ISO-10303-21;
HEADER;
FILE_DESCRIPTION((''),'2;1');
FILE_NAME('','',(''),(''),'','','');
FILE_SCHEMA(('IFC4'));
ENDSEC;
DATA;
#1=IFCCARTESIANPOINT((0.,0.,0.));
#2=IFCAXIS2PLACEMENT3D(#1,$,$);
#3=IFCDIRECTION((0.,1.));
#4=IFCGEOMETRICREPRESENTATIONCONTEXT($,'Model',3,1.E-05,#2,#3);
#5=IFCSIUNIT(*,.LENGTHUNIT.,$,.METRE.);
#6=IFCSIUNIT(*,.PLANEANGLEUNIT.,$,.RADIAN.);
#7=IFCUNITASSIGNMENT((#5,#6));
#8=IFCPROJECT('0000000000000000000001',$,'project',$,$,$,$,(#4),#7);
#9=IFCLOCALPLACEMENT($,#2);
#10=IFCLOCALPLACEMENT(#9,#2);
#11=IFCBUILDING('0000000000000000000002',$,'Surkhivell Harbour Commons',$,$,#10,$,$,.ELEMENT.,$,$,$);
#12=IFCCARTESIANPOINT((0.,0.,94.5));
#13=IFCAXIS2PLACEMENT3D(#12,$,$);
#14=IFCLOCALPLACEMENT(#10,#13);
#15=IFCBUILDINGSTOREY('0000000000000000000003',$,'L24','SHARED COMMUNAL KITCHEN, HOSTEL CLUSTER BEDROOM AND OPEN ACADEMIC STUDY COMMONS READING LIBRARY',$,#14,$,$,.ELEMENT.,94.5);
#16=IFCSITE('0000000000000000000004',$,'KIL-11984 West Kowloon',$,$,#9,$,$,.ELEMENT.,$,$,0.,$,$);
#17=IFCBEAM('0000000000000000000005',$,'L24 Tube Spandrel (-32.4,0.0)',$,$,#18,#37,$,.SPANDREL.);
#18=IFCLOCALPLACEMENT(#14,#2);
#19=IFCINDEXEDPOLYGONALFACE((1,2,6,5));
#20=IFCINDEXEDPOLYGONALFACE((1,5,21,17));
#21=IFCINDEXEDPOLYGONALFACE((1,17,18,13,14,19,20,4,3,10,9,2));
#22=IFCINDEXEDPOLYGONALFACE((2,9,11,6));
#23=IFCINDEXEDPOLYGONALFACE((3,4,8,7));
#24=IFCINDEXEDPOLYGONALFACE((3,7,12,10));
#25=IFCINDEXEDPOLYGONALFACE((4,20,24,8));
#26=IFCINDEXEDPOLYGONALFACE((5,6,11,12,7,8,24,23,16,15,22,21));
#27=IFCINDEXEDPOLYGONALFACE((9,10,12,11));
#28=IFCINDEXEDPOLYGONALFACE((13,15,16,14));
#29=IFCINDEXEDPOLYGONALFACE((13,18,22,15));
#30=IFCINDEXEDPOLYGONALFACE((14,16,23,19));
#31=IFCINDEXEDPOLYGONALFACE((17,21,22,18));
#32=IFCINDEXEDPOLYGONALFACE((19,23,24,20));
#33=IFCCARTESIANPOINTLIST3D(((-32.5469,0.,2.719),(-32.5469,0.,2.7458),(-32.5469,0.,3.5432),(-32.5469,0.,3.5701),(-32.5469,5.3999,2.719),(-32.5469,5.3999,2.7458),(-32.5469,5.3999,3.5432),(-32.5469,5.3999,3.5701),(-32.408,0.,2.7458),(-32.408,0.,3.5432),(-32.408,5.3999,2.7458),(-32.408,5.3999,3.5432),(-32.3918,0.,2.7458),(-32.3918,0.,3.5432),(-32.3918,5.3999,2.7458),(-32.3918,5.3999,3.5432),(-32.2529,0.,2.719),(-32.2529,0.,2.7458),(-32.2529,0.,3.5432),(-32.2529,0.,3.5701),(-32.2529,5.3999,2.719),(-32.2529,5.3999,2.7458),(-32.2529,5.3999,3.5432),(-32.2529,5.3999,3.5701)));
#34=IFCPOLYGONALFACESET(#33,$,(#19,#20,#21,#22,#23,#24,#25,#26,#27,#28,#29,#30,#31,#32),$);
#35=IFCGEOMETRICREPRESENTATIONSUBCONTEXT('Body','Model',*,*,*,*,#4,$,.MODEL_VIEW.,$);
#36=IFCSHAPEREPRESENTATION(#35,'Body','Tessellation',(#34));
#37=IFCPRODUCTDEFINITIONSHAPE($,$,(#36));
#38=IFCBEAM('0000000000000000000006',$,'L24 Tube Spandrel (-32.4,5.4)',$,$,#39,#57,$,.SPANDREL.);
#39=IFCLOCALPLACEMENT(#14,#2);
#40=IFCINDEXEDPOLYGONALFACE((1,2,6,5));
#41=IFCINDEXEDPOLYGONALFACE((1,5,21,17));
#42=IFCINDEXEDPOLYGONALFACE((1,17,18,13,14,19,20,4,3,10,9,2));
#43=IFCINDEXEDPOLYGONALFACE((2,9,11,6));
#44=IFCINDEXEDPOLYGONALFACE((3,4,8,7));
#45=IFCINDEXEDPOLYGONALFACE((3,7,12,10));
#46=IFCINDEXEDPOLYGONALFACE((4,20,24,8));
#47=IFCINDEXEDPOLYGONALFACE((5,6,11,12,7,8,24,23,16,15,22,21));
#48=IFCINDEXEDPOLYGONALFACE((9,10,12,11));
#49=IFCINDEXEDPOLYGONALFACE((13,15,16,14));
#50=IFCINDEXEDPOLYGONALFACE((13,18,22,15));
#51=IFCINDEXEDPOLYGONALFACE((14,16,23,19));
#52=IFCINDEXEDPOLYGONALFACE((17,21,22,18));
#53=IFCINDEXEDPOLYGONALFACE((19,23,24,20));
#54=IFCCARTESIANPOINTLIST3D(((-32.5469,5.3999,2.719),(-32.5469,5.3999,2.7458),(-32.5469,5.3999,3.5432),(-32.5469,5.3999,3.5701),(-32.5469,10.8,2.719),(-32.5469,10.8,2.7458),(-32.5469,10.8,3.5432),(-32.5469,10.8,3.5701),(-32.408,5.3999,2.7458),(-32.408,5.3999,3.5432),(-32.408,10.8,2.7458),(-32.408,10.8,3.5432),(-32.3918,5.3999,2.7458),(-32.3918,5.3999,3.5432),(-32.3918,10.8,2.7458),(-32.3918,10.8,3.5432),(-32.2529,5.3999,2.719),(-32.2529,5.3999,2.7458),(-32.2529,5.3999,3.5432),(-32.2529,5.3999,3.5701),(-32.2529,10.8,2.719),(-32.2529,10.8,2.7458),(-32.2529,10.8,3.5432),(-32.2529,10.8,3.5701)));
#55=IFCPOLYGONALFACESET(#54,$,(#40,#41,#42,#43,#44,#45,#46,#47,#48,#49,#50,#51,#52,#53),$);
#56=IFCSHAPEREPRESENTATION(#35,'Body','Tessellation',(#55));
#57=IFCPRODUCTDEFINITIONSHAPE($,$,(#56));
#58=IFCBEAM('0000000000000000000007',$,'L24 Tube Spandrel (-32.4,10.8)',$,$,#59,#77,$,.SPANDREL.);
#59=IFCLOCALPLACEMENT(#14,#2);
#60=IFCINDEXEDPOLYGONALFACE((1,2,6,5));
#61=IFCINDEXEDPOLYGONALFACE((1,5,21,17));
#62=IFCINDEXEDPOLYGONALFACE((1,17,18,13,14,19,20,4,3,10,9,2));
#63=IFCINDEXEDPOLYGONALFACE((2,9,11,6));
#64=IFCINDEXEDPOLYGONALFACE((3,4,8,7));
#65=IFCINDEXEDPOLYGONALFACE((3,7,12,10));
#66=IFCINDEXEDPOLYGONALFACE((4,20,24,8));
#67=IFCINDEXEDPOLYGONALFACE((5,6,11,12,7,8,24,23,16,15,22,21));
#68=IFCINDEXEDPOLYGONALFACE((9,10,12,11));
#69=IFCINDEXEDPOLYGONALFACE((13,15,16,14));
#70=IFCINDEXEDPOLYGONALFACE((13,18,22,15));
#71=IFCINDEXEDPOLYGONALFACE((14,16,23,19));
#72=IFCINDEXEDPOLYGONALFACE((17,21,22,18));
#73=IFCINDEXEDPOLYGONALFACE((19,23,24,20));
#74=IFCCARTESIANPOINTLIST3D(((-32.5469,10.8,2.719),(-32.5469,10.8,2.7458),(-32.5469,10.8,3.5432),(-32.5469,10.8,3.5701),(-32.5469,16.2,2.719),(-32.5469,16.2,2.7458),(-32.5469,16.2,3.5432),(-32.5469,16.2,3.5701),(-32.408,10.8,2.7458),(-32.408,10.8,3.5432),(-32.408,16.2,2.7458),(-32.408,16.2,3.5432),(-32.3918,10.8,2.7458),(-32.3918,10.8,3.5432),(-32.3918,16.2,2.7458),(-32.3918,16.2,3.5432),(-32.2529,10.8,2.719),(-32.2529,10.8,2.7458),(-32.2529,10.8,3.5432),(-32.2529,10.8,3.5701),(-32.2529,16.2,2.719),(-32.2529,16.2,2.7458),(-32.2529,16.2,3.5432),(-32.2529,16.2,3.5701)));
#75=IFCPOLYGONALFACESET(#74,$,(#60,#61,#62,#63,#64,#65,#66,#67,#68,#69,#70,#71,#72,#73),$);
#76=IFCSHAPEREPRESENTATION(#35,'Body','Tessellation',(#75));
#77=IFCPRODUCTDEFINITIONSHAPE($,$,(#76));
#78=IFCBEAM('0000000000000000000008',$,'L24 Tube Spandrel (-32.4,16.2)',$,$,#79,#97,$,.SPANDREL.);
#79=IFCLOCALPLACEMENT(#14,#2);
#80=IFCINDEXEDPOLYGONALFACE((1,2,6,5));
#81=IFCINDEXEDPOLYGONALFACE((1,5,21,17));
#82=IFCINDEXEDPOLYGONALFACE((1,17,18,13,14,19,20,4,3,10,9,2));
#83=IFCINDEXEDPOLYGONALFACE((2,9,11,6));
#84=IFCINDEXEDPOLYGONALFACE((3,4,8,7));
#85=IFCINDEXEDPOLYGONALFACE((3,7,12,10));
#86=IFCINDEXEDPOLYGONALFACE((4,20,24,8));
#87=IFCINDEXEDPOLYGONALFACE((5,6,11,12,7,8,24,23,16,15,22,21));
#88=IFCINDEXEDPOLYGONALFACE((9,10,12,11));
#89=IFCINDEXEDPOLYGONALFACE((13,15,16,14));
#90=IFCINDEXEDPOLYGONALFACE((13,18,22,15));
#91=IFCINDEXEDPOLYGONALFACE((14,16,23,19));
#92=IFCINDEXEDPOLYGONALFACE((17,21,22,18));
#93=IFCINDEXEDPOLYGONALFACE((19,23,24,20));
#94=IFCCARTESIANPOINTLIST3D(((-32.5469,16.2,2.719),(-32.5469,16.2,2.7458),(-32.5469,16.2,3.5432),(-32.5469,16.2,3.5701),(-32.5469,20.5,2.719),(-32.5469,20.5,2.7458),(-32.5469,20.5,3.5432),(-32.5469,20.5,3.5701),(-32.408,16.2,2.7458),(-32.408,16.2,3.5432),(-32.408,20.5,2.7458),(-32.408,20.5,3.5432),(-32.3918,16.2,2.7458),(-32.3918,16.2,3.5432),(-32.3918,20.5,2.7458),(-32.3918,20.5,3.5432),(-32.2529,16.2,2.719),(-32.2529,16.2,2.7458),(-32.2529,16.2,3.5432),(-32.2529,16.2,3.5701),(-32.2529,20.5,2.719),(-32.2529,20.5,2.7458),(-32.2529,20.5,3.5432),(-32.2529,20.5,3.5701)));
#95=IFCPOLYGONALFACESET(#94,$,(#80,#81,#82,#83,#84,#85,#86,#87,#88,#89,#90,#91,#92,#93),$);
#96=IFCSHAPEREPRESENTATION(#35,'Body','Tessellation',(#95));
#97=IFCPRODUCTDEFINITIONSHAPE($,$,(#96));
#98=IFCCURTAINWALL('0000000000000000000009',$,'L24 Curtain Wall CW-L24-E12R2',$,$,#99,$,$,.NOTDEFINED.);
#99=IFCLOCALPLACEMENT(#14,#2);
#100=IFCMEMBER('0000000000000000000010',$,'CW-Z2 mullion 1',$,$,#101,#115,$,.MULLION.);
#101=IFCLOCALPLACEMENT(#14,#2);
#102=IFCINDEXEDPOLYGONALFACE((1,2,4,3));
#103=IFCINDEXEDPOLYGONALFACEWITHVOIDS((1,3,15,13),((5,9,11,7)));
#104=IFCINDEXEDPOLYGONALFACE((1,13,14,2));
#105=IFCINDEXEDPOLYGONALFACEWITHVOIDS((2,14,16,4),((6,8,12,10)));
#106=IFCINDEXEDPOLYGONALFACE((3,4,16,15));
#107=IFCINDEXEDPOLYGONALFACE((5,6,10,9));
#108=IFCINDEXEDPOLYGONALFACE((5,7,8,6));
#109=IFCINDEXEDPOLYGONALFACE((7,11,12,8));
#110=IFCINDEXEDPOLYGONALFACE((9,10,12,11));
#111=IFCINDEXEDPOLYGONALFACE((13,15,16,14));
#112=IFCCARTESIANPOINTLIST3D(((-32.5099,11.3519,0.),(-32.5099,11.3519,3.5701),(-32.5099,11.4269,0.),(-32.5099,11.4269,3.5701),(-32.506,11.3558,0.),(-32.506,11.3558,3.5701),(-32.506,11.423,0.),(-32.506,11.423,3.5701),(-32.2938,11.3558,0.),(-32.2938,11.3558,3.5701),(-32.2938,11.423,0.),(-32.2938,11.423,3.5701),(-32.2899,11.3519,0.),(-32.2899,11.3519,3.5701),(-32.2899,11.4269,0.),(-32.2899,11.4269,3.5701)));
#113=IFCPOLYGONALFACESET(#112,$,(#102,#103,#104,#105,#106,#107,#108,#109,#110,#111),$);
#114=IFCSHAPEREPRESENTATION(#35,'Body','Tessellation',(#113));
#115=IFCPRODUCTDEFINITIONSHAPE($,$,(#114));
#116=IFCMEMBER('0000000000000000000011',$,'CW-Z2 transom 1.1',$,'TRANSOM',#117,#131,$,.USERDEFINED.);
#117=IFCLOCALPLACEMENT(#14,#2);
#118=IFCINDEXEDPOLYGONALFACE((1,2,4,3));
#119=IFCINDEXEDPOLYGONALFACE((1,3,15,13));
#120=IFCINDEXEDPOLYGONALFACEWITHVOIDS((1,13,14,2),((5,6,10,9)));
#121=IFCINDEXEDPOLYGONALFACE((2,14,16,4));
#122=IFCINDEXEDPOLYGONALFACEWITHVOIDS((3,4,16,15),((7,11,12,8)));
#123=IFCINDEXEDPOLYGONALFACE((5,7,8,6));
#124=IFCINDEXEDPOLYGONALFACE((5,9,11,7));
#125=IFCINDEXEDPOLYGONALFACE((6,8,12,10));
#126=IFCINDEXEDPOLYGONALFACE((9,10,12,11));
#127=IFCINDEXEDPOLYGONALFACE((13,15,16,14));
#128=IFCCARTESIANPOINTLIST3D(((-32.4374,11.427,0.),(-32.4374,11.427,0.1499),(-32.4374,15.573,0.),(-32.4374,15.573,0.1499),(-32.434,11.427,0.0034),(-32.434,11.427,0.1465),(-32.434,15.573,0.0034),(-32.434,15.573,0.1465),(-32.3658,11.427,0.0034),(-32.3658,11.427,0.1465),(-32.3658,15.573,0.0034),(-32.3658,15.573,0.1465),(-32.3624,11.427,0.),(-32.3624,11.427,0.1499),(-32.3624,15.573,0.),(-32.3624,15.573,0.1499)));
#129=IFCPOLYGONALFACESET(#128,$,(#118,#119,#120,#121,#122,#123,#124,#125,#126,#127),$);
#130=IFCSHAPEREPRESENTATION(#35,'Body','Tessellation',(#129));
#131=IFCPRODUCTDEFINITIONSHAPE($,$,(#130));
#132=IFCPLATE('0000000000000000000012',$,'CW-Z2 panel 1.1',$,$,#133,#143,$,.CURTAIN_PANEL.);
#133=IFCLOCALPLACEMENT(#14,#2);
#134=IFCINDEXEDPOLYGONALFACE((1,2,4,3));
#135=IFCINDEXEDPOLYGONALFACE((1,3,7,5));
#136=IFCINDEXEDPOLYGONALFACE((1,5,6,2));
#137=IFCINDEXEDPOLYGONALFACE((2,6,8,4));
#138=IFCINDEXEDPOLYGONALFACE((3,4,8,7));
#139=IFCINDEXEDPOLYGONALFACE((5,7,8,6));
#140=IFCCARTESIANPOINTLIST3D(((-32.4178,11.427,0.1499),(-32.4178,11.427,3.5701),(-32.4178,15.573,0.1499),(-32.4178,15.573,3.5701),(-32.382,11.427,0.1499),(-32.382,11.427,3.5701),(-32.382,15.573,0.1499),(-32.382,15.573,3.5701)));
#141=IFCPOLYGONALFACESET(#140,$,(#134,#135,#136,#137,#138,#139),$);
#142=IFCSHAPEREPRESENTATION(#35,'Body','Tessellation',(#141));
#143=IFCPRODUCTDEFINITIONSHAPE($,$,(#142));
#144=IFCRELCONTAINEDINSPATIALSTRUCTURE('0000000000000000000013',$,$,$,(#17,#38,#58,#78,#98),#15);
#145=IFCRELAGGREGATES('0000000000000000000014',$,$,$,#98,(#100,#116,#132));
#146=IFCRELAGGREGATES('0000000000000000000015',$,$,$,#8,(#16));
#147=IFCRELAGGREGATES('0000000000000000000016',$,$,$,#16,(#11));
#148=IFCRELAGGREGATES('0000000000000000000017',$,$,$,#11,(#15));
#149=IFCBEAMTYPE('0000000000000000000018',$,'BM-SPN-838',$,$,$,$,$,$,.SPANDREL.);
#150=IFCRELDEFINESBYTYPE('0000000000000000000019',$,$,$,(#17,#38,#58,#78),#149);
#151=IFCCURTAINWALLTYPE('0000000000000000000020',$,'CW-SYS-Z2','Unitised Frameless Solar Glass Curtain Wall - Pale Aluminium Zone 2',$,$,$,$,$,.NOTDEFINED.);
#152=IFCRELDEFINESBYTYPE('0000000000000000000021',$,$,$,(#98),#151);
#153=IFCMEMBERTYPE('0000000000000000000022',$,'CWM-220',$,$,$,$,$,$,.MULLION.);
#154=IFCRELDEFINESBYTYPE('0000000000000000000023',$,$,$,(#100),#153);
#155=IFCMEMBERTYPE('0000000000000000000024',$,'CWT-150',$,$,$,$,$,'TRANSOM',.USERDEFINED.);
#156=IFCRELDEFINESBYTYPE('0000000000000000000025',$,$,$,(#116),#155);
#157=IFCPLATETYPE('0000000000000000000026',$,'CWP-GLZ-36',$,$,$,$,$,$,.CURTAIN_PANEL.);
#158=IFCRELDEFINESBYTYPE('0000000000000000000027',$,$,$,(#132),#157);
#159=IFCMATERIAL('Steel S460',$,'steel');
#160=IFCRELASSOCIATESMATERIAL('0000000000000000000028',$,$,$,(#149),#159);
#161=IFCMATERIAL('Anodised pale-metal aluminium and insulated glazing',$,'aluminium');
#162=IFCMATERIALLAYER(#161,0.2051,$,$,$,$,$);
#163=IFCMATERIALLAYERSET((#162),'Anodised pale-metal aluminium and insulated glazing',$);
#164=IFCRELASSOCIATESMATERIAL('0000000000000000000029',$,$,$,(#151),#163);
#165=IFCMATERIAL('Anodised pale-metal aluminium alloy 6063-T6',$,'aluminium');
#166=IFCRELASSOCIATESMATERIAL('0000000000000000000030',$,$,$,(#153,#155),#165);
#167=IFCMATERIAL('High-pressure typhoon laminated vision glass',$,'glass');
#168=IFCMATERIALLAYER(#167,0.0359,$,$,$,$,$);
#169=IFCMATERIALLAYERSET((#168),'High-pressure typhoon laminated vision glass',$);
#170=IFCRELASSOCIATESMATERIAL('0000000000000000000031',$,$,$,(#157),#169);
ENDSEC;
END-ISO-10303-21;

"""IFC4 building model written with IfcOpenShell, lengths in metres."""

from ifc_helpers import new_model, si_unit, direction, frame, frame_2d, origin, origin_2d, place, context, subcontext, project, spatial, rectangle, hollow_rectangle, i_section, extrude, material, layer, layer_set, material_profile, profile_set, type_object, element, aggregate, save


model = new_model("IFC4")

# Units and contexts
model_context = context("Model", 3, precision=1e-05, world=origin(), true_north=direction((0.0, 1.0)))
body_context = subcontext(model_context, "Body", "Model", "MODEL_VIEW")
ifc_project = project(units=[si_unit("LENGTHUNIT", "METRE"), si_unit("PLANEANGLEUNIT", "RADIAN")], contexts=[model_context])

# Site, building, storey
site_placement = place(None, origin())
site = spatial("IfcSite", under=ifc_project, at=site_placement, Name="KIL-11984 West Kowloon", CompositionType="ELEMENT", RefElevation=0.0)
building_placement = place(site_placement, origin())
building = spatial("IfcBuilding", under=site, at=building_placement, Name="Surkhivell Harbour Commons", CompositionType="ELEMENT")
storey_placement = place(building_placement, frame((0.0, 0.0, 94.5)))
storey = spatial("IfcBuildingStorey", under=building, at=storey_placement, Name="L24", Description="SHARED COMMUNAL KITCHEN, HOSTEL CLUSTER BEDROOM AND OPEN ACADEMIC STUDY COMMONS READING LIBRARY", CompositionType="ELEMENT", Elevation=94.5)

# Beams
ifc_material_1 = material(Name="Steel S460", Category="steel")
ifc_material_profile_1 = material_profile(ifc_material_1, i_section(OverallWidth=0.2939, OverallDepth=0.8511, WebThickness=0.0161, FlangeThickness=0.0269, at=origin_2d()), Name="UB838x292x226")
ifc_profile_set_1 = profile_set([ifc_material_profile_1], Name="Steel S460")
beam_type_1 = type_object("IfcBeamType", Name="BM-SPN-838", PredefinedType="SPANDREL", material=ifc_profile_set_1)
beam_1_placement = place(storey_placement, frame((-32.3999, 0.0, 3.1445), z_axis=(0.0, 1.0, 0.0), x_axis=(-1.0, 0.0, 0.0)))
element("IfcBeam", 1, at=beam_1_placement, inside=storey, type_object=beam_type_1, Name="L24 Tube Spandrel (-32.4,0.0)", PredefinedType="SPANDREL", context=body_context, shape_type="SweptSolid", body=[
    extrude(i_section(OverallWidth=0.2939, OverallDepth=0.8511, WebThickness=0.0161, FlangeThickness=0.0269, at=origin_2d()), origin(), (0.0, 0.0, 1.0), 5.3999),
])
beam_2_placement = place(storey_placement, frame((-32.3999, 5.3999, 3.1445), z_axis=(0.0, 1.0, 0.0), x_axis=(-1.0, 0.0, 0.0)))
element("IfcBeam", 2, at=beam_2_placement, inside=storey, type_object=beam_type_1, Name="L24 Tube Spandrel (-32.4,5.4)", PredefinedType="SPANDREL", context=body_context, shape_type="SweptSolid", body=[
    extrude(i_section(OverallWidth=0.2939, OverallDepth=0.8511, WebThickness=0.0161, FlangeThickness=0.0269, at=origin_2d()), origin(), (0.0, 0.0, 1.0), 5.4001),
])
beam_3_placement = place(storey_placement, frame((-32.3999, 10.8, 3.1445), z_axis=(0.0, 1.0, 0.0), x_axis=(-1.0, 0.0, 0.0)))
element("IfcBeam", 3, at=beam_3_placement, inside=storey, type_object=beam_type_1, Name="L24 Tube Spandrel (-32.4,10.8)", PredefinedType="SPANDREL", context=body_context, shape_type="SweptSolid", body=[
    extrude(i_section(OverallWidth=0.2939, OverallDepth=0.8511, WebThickness=0.0161, FlangeThickness=0.0269, at=origin_2d()), origin(), (0.0, 0.0, 1.0), 5.3999),
])
beam_4_placement = place(storey_placement, frame((-32.3999, 16.2, 3.1445), z_axis=(0.0, 1.0, 0.0), x_axis=(-1.0, 0.0, 0.0)))
element("IfcBeam", 4, at=beam_4_placement, inside=storey, type_object=beam_type_1, Name="L24 Tube Spandrel (-32.4,16.2)", PredefinedType="SPANDREL", context=body_context, shape_type="SweptSolid", body=[
    extrude(i_section(OverallWidth=0.2939, OverallDepth=0.8511, WebThickness=0.0161, FlangeThickness=0.0269, at=origin_2d()), origin(), (0.0, 0.0, 1.0), 4.3),
])

# Curtain wall, members, plate
ifc_material_2 = material(Name="Anodised pale-metal aluminium and insulated glazing", Category="aluminium")
ifc_layer_1 = layer(ifc_material_2, 0.2051)
ifc_layer_set_1 = layer_set([ifc_layer_1], Name="Anodised pale-metal aluminium and insulated glazing")
curtain_wall_type = type_object("IfcCurtainWallType", Name="CW-SYS-Z2", Description="Unitised Frameless Solar Glass Curtain Wall - Pale Aluminium Zone 2", PredefinedType="NOTDEFINED", material=ifc_layer_set_1)
curtain_wall_placement = place(storey_placement, origin())
curtain_wall = element("IfcCurtainWall", 5, at=curtain_wall_placement, inside=storey, type_object=curtain_wall_type, Name="L24 Curtain Wall CW-L24-E12R2", PredefinedType="NOTDEFINED")
ifc_material_3 = material(Name="Anodised pale-metal aluminium alloy 6063-T6", Category="aluminium")
ifc_material_profile_2 = material_profile(ifc_material_3, hollow_rectangle(XDim=0.075, YDim=0.22, WallThickness=0.0039, at=origin_2d()), Name="ALU-MULL-75x220")
ifc_profile_set_2 = profile_set([ifc_material_profile_2], Name="Anodised pale-metal aluminium alloy 6063-T6")
member_type_1 = type_object("IfcMemberType", Name="CWM-220", PredefinedType="MULLION", material=ifc_profile_set_2)
member_1_placement = place(storey_placement, frame((-32.3999, 11.3894, 0.0), z_axis=(0.0, 0.0, 1.0), x_axis=(0.0, 1.0, 0.0)))
member_1 = element("IfcMember", 6, at=member_1_placement, type_object=member_type_1, Name="CW-Z2 mullion 1", PredefinedType="MULLION", context=body_context, shape_type="SweptSolid", body=[
    extrude(hollow_rectangle(XDim=0.075, YDim=0.22, WallThickness=0.0039, at=origin_2d()), origin(), (0.0, 0.0, 1.0), 3.5701),
])
ifc_material_profile_3 = material_profile(ifc_material_3, hollow_rectangle(XDim=0.075, YDim=0.1499, WallThickness=0.0034, at=origin_2d()), Name="ALU-TRAN-75x150")
ifc_profile_set_3 = profile_set([ifc_material_profile_3], Name="Anodised pale-metal aluminium alloy 6063-T6")
member_type_2 = type_object("IfcMemberType", Name="CWT-150", ElementType="TRANSOM", PredefinedType="USERDEFINED", material=ifc_profile_set_3)
member_2_placement = place(storey_placement, frame((-32.3999, 11.427, 0.075), z_axis=(0.0, 1.0, 0.0), x_axis=(-1.0, 0.0, 0.0)))
member_2 = element("IfcMember", 7, at=member_2_placement, type_object=member_type_2, Name="CW-Z2 transom 1.1", ObjectType="TRANSOM", PredefinedType="USERDEFINED", context=body_context, shape_type="SweptSolid", body=[
    extrude(hollow_rectangle(XDim=0.075, YDim=0.1499, WallThickness=0.0034, at=origin_2d()), origin(), (0.0, 0.0, 1.0), 4.146),
])
ifc_material_4 = material(Name="High-pressure typhoon laminated vision glass", Category="glass")
ifc_layer_2 = layer(ifc_material_4, 0.0359)
ifc_layer_set_2 = layer_set([ifc_layer_2], Name="High-pressure typhoon laminated vision glass")
plate_type = type_object("IfcPlateType", Name="CWP-GLZ-36", PredefinedType="CURTAIN_PANEL", material=ifc_layer_set_2)
plate_placement = place(storey_placement, frame((-32.3999, 11.427, 0.1499), z_axis=(0.0, 0.0, 1.0), x_axis=(0.0, 1.0, 0.0)))
plate = element("IfcPlate", 8, at=plate_placement, type_object=plate_type, Name="CW-Z2 panel 1.1", PredefinedType="CURTAIN_PANEL", context=body_context, shape_type="SweptSolid", body=[
    extrude(rectangle(XDim=4.146, YDim=0.0359, at=frame_2d((2.073, 0.0))), origin(), (0.0, 0.0, 1.0), 3.4202),
])
aggregate(curtain_wall, [member_1, member_2, plate])

save(model, "model.ifc")
